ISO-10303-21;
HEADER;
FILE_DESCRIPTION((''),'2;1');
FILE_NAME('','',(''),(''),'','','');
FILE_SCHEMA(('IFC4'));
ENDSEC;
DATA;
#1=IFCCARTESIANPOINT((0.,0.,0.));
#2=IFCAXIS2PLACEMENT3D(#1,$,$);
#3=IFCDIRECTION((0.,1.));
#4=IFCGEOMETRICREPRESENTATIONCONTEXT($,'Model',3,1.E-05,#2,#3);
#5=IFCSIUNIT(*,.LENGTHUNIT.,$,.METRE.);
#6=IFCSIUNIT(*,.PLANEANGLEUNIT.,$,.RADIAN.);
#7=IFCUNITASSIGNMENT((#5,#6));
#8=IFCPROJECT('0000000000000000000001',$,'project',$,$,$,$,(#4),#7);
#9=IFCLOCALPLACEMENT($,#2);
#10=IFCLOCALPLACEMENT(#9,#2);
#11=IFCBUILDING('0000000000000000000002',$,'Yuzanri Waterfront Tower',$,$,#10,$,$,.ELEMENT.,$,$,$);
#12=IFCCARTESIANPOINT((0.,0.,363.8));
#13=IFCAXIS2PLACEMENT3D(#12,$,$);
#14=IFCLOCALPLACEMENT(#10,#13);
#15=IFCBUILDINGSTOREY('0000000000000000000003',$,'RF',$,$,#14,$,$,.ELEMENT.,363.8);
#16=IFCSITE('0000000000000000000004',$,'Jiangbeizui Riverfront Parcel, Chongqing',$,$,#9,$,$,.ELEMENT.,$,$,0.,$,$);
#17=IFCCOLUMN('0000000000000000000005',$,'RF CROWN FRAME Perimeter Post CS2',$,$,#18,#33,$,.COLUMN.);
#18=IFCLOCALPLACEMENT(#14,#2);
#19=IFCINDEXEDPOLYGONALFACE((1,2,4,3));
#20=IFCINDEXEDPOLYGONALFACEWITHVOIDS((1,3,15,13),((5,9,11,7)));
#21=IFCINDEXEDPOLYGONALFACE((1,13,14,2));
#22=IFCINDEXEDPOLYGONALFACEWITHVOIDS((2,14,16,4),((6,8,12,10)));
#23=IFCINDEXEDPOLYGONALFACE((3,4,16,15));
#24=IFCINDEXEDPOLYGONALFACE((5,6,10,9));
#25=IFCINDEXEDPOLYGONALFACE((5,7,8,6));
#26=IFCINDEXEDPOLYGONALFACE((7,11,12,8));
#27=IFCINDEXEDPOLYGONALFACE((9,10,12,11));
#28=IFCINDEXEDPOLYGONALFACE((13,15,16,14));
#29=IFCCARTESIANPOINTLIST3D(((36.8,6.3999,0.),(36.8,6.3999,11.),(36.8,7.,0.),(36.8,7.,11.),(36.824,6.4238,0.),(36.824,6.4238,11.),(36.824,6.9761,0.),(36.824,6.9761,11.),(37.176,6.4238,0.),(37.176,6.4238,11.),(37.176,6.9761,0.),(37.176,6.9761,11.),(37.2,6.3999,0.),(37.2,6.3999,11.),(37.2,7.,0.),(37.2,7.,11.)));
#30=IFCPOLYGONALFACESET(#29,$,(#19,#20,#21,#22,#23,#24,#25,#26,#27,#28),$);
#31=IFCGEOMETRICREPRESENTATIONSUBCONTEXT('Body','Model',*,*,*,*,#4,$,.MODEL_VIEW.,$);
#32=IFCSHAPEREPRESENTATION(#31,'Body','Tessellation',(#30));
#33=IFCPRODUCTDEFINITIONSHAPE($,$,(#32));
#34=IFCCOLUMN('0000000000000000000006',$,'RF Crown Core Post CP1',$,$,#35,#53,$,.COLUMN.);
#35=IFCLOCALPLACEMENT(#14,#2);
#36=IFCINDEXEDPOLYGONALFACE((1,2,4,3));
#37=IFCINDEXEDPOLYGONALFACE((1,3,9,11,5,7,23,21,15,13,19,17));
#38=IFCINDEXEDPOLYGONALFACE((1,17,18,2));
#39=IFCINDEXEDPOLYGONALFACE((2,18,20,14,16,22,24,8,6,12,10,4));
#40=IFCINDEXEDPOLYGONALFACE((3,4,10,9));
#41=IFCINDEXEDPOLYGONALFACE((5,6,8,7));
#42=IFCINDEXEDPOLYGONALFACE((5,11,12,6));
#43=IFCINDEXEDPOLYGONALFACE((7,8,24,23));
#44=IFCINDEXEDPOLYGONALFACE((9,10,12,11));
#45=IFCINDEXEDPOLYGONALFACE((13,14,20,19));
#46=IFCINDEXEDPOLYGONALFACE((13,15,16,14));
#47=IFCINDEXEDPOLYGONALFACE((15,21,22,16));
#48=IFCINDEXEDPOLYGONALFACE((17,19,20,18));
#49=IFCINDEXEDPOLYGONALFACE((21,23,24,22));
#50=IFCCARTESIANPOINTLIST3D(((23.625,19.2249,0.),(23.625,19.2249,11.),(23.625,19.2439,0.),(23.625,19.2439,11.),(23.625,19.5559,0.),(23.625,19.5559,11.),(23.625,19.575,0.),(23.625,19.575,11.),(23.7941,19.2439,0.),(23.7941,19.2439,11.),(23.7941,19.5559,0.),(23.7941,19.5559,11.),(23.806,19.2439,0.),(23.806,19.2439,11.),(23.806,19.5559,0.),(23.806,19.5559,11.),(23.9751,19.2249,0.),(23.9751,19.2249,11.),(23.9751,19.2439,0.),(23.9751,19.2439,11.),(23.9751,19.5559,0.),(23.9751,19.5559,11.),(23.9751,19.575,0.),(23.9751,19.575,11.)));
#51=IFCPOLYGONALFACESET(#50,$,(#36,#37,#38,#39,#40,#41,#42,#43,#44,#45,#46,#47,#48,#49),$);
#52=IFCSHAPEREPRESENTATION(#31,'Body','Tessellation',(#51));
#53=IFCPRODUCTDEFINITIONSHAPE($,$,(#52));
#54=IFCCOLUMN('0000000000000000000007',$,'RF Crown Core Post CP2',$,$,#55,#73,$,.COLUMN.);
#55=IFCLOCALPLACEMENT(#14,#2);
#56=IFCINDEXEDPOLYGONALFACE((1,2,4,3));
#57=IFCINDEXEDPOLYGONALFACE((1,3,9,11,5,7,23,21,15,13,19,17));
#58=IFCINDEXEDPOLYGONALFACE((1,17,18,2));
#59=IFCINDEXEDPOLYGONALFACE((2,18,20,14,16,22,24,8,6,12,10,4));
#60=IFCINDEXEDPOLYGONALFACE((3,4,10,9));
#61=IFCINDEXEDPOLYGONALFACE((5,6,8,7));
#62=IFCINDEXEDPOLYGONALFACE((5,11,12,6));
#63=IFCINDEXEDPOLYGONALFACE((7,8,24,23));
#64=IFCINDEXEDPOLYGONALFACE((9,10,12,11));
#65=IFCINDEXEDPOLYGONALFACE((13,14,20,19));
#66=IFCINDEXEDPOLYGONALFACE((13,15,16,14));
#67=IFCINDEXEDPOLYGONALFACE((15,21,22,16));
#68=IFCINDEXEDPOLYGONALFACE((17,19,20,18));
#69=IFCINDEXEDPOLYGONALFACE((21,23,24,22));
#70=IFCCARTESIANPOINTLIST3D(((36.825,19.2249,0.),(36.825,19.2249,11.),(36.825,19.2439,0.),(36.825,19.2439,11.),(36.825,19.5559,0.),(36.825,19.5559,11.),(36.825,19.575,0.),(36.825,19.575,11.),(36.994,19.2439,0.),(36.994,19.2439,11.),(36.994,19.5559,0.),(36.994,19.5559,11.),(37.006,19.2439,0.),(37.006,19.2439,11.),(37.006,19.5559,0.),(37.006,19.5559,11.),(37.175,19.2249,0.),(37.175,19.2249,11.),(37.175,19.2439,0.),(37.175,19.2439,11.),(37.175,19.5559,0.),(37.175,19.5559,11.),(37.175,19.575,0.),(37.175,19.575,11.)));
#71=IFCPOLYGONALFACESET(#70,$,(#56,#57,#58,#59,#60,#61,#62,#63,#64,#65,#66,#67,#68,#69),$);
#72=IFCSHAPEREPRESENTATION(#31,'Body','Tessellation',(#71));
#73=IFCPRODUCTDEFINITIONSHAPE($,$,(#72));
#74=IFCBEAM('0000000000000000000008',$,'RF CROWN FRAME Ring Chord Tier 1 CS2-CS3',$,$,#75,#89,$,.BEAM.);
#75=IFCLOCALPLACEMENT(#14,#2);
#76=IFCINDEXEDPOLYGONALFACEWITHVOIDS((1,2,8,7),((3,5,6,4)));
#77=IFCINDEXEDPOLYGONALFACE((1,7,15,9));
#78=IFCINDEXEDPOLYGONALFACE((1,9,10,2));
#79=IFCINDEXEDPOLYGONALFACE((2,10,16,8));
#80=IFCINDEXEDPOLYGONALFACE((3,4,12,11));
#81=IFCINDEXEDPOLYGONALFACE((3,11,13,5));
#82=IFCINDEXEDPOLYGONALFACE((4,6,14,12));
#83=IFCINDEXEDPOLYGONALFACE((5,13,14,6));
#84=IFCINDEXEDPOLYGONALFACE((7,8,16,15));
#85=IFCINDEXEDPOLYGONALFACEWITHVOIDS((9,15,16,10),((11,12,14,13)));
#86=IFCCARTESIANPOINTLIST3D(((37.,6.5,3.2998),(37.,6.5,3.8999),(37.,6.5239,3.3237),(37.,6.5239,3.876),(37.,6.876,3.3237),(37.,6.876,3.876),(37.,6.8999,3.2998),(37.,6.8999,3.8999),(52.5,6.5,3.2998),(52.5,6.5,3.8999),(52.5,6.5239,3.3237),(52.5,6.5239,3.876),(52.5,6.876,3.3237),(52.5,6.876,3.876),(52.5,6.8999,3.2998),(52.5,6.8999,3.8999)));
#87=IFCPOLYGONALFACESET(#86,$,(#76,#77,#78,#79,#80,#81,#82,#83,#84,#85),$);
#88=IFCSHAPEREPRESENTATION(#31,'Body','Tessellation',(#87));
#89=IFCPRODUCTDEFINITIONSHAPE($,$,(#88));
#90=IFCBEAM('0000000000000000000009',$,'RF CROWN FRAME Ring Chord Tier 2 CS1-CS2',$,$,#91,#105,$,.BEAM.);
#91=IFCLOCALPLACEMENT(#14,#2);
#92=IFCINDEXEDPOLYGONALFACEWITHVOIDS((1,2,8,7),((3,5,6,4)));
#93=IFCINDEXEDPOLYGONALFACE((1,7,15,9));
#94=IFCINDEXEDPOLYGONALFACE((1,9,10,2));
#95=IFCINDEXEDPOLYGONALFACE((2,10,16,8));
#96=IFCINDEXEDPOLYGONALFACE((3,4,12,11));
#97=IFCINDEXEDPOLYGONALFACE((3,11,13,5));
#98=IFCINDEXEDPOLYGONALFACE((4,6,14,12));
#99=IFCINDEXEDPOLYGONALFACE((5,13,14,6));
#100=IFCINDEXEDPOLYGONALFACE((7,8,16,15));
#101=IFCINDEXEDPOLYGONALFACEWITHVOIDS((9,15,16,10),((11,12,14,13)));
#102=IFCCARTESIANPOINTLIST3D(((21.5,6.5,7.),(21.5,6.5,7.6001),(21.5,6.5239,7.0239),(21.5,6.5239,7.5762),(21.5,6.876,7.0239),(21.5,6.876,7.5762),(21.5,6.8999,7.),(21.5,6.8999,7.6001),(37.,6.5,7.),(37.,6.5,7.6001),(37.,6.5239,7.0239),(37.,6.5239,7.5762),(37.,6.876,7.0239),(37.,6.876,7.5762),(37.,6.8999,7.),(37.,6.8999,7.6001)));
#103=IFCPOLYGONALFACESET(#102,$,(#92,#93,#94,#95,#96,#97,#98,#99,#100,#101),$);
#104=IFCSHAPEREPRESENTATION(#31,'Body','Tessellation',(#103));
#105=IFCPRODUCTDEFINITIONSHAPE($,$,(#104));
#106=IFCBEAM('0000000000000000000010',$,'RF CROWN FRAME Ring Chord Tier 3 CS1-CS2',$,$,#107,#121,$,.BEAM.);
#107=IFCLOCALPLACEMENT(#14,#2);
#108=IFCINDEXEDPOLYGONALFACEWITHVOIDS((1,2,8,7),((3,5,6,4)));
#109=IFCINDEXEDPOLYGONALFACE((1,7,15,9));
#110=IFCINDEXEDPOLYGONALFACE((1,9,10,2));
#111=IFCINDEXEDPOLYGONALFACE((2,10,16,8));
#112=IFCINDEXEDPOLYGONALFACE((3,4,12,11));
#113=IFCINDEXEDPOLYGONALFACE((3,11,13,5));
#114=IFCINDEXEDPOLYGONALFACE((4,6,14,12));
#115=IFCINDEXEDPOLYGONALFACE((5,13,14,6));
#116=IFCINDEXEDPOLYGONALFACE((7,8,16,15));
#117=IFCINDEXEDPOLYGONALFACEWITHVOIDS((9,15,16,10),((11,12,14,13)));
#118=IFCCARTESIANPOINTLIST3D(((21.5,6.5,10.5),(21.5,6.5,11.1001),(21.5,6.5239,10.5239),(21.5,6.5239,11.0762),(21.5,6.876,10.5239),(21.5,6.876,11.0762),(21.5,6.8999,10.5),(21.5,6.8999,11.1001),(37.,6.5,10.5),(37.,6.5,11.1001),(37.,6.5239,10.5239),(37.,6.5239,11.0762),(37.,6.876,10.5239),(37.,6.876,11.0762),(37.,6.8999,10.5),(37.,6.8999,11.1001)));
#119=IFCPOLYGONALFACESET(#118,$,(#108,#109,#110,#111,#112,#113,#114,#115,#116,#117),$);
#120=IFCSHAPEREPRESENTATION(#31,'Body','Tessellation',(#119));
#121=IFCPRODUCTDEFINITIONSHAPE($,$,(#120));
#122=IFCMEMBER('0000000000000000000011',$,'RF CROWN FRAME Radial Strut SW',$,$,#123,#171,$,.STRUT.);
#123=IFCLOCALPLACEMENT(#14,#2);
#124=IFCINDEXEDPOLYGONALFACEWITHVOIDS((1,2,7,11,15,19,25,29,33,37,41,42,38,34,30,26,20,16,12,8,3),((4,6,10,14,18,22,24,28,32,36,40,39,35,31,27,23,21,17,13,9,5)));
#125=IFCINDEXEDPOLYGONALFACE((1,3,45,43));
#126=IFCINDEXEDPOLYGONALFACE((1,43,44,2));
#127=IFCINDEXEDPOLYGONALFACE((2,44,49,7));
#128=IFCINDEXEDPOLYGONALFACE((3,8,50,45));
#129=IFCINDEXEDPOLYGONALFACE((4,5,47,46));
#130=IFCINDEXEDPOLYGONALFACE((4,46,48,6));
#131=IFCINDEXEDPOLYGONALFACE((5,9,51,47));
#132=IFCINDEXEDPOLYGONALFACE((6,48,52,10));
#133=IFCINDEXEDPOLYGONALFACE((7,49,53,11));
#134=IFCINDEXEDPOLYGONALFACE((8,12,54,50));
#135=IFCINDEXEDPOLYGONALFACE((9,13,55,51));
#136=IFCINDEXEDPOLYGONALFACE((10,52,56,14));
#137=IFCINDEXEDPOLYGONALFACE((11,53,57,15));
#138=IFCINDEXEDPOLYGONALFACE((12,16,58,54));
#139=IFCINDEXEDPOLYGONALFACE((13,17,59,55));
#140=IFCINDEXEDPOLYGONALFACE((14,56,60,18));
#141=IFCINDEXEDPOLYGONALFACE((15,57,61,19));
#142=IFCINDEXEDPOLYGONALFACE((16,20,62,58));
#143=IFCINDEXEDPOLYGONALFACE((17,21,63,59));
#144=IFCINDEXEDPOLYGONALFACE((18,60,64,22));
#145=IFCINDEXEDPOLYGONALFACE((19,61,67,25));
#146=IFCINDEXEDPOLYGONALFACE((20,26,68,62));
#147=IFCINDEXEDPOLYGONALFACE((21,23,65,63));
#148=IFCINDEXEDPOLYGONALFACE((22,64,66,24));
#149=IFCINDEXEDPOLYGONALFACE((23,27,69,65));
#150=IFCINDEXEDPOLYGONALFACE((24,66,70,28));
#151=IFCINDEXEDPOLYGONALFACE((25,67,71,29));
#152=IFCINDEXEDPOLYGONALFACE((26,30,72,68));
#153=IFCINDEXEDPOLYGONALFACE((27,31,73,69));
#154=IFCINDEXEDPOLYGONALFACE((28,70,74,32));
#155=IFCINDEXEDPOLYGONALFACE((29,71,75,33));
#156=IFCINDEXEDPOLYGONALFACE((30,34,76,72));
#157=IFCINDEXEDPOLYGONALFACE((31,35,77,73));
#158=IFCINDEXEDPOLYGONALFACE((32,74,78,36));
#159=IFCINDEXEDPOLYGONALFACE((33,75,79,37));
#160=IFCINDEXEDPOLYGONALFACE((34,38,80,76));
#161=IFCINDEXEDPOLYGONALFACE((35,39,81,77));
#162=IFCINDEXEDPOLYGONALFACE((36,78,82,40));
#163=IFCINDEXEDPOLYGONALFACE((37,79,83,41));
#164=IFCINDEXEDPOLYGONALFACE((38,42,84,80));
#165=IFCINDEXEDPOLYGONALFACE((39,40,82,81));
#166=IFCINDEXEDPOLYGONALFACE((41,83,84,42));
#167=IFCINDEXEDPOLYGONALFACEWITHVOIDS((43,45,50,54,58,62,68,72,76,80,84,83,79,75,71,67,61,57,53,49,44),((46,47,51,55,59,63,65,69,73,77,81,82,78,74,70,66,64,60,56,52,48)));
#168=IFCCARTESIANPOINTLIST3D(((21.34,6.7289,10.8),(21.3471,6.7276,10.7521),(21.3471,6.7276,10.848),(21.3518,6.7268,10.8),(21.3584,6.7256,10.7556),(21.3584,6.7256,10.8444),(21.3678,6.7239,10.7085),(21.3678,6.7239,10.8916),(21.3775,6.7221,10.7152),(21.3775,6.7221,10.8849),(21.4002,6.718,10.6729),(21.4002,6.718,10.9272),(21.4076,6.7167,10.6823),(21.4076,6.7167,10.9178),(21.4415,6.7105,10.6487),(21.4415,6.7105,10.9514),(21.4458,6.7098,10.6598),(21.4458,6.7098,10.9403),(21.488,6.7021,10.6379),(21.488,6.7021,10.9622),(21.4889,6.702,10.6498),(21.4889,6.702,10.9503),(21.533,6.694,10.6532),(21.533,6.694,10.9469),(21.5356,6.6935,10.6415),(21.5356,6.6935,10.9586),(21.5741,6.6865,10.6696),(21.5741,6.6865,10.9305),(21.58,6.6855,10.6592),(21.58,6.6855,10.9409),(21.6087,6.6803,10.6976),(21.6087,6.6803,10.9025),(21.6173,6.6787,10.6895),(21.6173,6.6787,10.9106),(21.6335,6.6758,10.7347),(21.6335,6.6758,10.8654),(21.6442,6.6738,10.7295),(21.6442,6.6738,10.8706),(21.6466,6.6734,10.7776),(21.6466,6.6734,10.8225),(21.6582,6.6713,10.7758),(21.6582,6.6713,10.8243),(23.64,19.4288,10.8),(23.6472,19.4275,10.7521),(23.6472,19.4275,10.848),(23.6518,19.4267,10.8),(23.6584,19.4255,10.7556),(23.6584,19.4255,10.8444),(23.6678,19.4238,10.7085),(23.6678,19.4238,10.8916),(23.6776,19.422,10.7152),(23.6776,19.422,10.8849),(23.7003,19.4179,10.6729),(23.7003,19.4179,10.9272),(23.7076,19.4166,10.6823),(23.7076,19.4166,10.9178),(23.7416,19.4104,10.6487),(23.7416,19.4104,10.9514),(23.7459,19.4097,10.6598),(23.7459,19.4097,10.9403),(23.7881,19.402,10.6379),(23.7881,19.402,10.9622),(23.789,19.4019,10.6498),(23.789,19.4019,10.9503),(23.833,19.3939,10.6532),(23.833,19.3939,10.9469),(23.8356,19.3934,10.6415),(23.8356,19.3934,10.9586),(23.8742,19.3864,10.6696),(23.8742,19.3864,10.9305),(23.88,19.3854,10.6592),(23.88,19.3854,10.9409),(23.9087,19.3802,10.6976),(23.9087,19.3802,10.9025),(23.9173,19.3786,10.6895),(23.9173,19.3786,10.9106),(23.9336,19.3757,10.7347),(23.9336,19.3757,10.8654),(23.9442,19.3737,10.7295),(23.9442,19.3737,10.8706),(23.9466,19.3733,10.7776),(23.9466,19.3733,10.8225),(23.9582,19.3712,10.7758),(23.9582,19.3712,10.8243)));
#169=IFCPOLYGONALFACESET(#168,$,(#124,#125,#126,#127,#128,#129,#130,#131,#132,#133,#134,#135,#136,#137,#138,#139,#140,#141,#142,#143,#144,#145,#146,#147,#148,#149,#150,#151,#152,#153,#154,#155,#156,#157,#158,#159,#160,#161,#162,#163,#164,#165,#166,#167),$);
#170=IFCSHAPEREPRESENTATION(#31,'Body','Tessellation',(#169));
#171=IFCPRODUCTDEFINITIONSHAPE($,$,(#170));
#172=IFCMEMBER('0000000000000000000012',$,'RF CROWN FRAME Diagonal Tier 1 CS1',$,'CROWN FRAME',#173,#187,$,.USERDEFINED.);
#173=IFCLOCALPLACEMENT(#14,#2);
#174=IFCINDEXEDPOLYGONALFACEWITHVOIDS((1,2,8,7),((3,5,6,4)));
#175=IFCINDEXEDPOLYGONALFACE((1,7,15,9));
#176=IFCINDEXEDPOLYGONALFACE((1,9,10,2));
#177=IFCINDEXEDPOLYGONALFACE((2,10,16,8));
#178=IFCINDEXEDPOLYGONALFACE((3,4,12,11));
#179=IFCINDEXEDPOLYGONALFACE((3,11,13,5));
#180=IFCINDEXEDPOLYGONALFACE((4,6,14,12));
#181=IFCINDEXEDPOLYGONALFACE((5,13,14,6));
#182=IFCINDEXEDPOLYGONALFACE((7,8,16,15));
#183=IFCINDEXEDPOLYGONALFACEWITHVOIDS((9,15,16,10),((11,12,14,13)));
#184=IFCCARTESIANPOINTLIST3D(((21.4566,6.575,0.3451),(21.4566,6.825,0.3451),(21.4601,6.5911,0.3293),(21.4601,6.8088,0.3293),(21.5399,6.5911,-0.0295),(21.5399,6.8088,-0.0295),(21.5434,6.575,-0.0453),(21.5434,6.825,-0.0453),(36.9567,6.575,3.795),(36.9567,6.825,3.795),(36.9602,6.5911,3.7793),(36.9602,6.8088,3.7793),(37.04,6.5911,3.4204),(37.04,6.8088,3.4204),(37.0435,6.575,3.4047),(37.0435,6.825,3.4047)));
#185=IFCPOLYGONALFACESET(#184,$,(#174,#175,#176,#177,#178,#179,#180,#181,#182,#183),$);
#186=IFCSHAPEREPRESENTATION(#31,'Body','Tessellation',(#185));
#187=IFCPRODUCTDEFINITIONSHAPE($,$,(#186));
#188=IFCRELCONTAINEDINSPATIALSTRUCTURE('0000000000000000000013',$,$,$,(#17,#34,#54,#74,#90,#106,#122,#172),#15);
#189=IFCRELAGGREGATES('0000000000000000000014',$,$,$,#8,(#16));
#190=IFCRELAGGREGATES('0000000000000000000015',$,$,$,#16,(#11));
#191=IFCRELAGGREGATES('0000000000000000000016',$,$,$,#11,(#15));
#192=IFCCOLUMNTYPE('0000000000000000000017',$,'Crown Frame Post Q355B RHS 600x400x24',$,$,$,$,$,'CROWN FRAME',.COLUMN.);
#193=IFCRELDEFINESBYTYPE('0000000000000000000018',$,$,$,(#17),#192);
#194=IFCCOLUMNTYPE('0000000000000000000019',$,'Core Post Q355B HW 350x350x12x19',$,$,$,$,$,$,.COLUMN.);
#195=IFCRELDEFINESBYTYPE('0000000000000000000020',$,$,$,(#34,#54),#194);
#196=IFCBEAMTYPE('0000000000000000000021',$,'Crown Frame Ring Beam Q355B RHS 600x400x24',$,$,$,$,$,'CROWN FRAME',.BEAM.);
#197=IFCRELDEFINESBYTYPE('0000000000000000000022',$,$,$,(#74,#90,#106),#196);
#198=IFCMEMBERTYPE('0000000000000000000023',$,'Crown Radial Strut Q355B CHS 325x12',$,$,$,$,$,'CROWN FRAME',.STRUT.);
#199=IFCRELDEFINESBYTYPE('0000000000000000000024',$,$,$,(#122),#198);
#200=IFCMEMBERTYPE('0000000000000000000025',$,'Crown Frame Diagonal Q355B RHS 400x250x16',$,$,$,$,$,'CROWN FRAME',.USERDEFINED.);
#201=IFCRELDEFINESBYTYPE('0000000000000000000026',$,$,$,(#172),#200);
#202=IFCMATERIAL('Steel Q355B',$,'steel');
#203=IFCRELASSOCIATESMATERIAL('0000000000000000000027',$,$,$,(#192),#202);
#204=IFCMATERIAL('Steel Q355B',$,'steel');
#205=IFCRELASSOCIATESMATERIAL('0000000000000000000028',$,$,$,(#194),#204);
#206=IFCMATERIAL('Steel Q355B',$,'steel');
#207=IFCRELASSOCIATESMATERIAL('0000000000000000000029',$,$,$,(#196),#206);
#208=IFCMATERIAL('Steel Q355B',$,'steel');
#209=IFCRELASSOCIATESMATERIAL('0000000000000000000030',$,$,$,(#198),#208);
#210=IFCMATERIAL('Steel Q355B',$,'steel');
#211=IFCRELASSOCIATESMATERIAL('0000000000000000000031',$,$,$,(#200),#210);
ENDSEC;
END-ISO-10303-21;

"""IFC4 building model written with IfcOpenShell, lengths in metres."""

from ifc_helpers import new_model, si_unit, direction, frame, origin, origin_2d, place, context, subcontext, project, spatial, hollow_rectangle, hollow_circle, i_section, extrude, source, transform, mapped, material, material_profile, profile_set, type_object, element, save


model = new_model("IFC4")

# Units and contexts
model_context = context("Model", 3, precision=1e-05, world=origin(), true_north=direction((0.0, 1.0)))
body_context = subcontext(model_context, "Body", "Model", "MODEL_VIEW")
ifc_project = project(units=[si_unit("LENGTHUNIT", "METRE"), si_unit("PLANEANGLEUNIT", "RADIAN")], contexts=[model_context])

# Site, building, storey
site_placement = place(None, origin())
site = spatial("IfcSite", under=ifc_project, at=site_placement, Name="Jiangbeizui Riverfront Parcel, Chongqing", CompositionType="ELEMENT", RefElevation=0.0)
building_placement = place(site_placement, origin())
building = spatial("IfcBuilding", under=site, at=building_placement, Name="Yuzanri Waterfront Tower", CompositionType="ELEMENT")
storey_placement = place(building_placement, frame((0.0, 0.0, 363.8)))
storey = spatial("IfcBuildingStorey", under=building, at=storey_placement, Name="RF", CompositionType="ELEMENT", Elevation=363.8)

# Columns
ifc_material_1 = material(Name="Steel Q355B", Category="steel")
ifc_material_profile_1 = material_profile(ifc_material_1, hollow_rectangle(XDim=0.3999, YDim=0.6001, WallThickness=0.0239, at=origin_2d()), Name="RHS 600x400x24")
ifc_profile_set_1 = profile_set([ifc_material_profile_1], Name="Steel Q355B")
column_type_1 = type_object("IfcColumnType", Name="Crown Frame Post Q355B RHS 600x400x24", ElementType="CROWN FRAME", PredefinedType="COLUMN", material=ifc_profile_set_1)
shared_shape_1 = source(origin(), body_context, "Body", "SweptSolid", [
    extrude(hollow_rectangle(XDim=0.3999, YDim=0.6001, WallThickness=0.0239, at=origin_2d()), origin(), (0.0, 0.0, 1.0), 11.0),
])
column_placement = place(storey_placement, frame((37.0, 6.7, 0.0), z_axis=(0.0, 0.0, 1.0), x_axis=(1.0, 0.0, 0.0)))
element("IfcColumn", 1, at=column_placement, inside=storey, type_object=column_type_1, Name="RF CROWN FRAME Perimeter Post CS2", PredefinedType="COLUMN", context=body_context, shape_type="MappedRepresentation", body=[
    mapped(shared_shape_1, transform((0.0, 0.0, 0.0), scale=1.0)),
])
ifc_material_2 = material(Name="Steel Q355B", Category="steel")
ifc_material_profile_2 = material_profile(ifc_material_2, i_section(OverallWidth=0.3501, OverallDepth=0.3501, WebThickness=0.012, FlangeThickness=0.019, at=origin_2d()), Name="HW 350x350x12x19")
ifc_profile_set_2 = profile_set([ifc_material_profile_2], Name="Steel Q355B")
column_type_2 = type_object("IfcColumnType", Name="Core Post Q355B HW 350x350x12x19", PredefinedType="COLUMN", material=ifc_profile_set_2)
shared_shape_2 = source(origin(), body_context, "Body", "SweptSolid", [
    extrude(i_section(OverallWidth=0.3501, OverallDepth=0.3501, WebThickness=0.012, FlangeThickness=0.019, at=origin_2d()), origin(), (0.0, 0.0, 1.0), 11.0),
])
for number, where, z_axis, x_axis, name in (
    (2, (23.8, 19.3999, 0.0), (0.0, 0.0, 1.0), (1.0, 0.0, 0.0), "RF Crown Core Post CP1"),
    (3, (37.0, 19.3999, 0.0), (0.0, 0.0, 1.0), (1.0, 0.0, 0.0), "RF Crown Core Post CP2"),
):
    element("IfcColumn", number, at=place(storey_placement, frame(where, z_axis=z_axis, x_axis=x_axis)), inside=storey, type_object=column_type_2, Name=name, PredefinedType="COLUMN", context=body_context, shape_type="MappedRepresentation", body=[
        mapped(shared_shape_2, transform((0.0, 0.0, 0.0), scale=1.0)),
    ])

# Beams
ifc_material_3 = material(Name="Steel Q355B", Category="steel")
ifc_material_profile_3 = material_profile(ifc_material_3, hollow_rectangle(XDim=0.3999, YDim=0.6001, WallThickness=0.0239, at=origin_2d()), Name="RHS 600x400x24")
ifc_profile_set_3 = profile_set([ifc_material_profile_3], Name="Steel Q355B")
beam_type = type_object("IfcBeamType", Name="Crown Frame Ring Beam Q355B RHS 600x400x24", ElementType="CROWN FRAME", PredefinedType="BEAM", material=ifc_profile_set_3)
shared_shape_3 = source(origin(), body_context, "Body", "SweptSolid", [
    extrude(hollow_rectangle(XDim=0.3999, YDim=0.6001, WallThickness=0.0239, at=origin_2d()), origin(), (0.0, 0.0, 1.0), 15.5),
])
for number, where, z_axis, x_axis, name in (
    (4, (37.0, 6.7, 3.5999), (1.0, 0.0, 0.0), (0.0, 1.0, 0.0), "RF CROWN FRAME Ring Chord Tier 1 CS2-CS3"),
    (5, (21.5, 6.7, 7.3), (1.0, 0.0, 0.0), (0.0, 1.0, 0.0), "RF CROWN FRAME Ring Chord Tier 2 CS1-CS2"),
    (6, (21.5, 6.7, 10.8), (1.0, 0.0, 0.0), (0.0, 1.0, 0.0), "RF CROWN FRAME Ring Chord Tier 3 CS1-CS2"),
):
    element("IfcBeam", number, at=place(storey_placement, frame(where, z_axis=z_axis, x_axis=x_axis)), inside=storey, type_object=beam_type, Name=name, PredefinedType="BEAM", context=body_context, shape_type="MappedRepresentation", body=[
        mapped(shared_shape_3, transform((0.0, 0.0, 0.0), scale=1.0)),
    ])

# Members
ifc_material_4 = material(Name="Steel Q355B", Category="steel")
ifc_material_profile_4 = material_profile(ifc_material_4, hollow_circle(Radius=0.1626, WallThickness=0.012, at=origin_2d()), Name="CHS 325x12")
ifc_profile_set_4 = profile_set([ifc_material_profile_4], Name="Steel Q355B")
member_type_1 = type_object("IfcMemberType", Name="Crown Radial Strut Q355B CHS 325x12", ElementType="CROWN FRAME", PredefinedType="STRUT", material=ifc_profile_set_4)
shared_shape_4 = source(origin(), body_context, "Body", "SweptSolid", [
    extrude(hollow_circle(Radius=0.1626, WallThickness=0.012, at=origin_2d()), origin(), (0.0, 0.0, 1.0), 12.9065),
])
member_1_placement = place(storey_placement, frame((21.5, 6.7, 10.8), z_axis=(0.178208, 0.983993, 0.0), x_axis=(-0.983993, 0.178208, 0.0)))
element("IfcMember", 7, at=member_1_placement, inside=storey, type_object=member_type_1, Name="RF CROWN FRAME Radial Strut SW", PredefinedType="STRUT", context=body_context, shape_type="MappedRepresentation", body=[
    mapped(shared_shape_4, transform((0.0, 0.0, 0.0), scale=1.0)),
])
ifc_material_5 = material(Name="Steel Q355B", Category="steel")
ifc_material_profile_5 = material_profile(ifc_material_5, hollow_rectangle(XDim=0.25, YDim=0.3999, WallThickness=0.0161, at=origin_2d()), Name="RHS 400x250x16")
ifc_profile_set_5 = profile_set([ifc_material_profile_5], Name="Steel Q355B")
member_type_2 = type_object("IfcMemberType", Name="Crown Frame Diagonal Q355B RHS 400x250x16", ElementType="CROWN FRAME", PredefinedType="USERDEFINED", material=ifc_profile_set_5)
shared_shape_5 = source(origin(), body_context, "Body", "SweptSolid", [
    extrude(hollow_rectangle(XDim=0.25, YDim=0.3999, WallThickness=0.0161, at=origin_2d()), origin(), (0.0, 0.0, 1.0), 15.8794),
])
member_2_placement = place(storey_placement, frame((21.5, 6.7, 0.1499), z_axis=(0.976114, 0.0, 0.217261), x_axis=(0.0, 1.0, 0.0)))
element("IfcMember", 8, at=member_2_placement, inside=storey, type_object=member_type_2, Name="RF CROWN FRAME Diagonal Tier 1 CS1", ObjectType="CROWN FRAME", PredefinedType="USERDEFINED", context=body_context, shape_type="MappedRepresentation", body=[
    mapped(shared_shape_5, transform((0.0, 0.0, 0.0), scale=1.0)),
])

save(model, "model.ifc")
